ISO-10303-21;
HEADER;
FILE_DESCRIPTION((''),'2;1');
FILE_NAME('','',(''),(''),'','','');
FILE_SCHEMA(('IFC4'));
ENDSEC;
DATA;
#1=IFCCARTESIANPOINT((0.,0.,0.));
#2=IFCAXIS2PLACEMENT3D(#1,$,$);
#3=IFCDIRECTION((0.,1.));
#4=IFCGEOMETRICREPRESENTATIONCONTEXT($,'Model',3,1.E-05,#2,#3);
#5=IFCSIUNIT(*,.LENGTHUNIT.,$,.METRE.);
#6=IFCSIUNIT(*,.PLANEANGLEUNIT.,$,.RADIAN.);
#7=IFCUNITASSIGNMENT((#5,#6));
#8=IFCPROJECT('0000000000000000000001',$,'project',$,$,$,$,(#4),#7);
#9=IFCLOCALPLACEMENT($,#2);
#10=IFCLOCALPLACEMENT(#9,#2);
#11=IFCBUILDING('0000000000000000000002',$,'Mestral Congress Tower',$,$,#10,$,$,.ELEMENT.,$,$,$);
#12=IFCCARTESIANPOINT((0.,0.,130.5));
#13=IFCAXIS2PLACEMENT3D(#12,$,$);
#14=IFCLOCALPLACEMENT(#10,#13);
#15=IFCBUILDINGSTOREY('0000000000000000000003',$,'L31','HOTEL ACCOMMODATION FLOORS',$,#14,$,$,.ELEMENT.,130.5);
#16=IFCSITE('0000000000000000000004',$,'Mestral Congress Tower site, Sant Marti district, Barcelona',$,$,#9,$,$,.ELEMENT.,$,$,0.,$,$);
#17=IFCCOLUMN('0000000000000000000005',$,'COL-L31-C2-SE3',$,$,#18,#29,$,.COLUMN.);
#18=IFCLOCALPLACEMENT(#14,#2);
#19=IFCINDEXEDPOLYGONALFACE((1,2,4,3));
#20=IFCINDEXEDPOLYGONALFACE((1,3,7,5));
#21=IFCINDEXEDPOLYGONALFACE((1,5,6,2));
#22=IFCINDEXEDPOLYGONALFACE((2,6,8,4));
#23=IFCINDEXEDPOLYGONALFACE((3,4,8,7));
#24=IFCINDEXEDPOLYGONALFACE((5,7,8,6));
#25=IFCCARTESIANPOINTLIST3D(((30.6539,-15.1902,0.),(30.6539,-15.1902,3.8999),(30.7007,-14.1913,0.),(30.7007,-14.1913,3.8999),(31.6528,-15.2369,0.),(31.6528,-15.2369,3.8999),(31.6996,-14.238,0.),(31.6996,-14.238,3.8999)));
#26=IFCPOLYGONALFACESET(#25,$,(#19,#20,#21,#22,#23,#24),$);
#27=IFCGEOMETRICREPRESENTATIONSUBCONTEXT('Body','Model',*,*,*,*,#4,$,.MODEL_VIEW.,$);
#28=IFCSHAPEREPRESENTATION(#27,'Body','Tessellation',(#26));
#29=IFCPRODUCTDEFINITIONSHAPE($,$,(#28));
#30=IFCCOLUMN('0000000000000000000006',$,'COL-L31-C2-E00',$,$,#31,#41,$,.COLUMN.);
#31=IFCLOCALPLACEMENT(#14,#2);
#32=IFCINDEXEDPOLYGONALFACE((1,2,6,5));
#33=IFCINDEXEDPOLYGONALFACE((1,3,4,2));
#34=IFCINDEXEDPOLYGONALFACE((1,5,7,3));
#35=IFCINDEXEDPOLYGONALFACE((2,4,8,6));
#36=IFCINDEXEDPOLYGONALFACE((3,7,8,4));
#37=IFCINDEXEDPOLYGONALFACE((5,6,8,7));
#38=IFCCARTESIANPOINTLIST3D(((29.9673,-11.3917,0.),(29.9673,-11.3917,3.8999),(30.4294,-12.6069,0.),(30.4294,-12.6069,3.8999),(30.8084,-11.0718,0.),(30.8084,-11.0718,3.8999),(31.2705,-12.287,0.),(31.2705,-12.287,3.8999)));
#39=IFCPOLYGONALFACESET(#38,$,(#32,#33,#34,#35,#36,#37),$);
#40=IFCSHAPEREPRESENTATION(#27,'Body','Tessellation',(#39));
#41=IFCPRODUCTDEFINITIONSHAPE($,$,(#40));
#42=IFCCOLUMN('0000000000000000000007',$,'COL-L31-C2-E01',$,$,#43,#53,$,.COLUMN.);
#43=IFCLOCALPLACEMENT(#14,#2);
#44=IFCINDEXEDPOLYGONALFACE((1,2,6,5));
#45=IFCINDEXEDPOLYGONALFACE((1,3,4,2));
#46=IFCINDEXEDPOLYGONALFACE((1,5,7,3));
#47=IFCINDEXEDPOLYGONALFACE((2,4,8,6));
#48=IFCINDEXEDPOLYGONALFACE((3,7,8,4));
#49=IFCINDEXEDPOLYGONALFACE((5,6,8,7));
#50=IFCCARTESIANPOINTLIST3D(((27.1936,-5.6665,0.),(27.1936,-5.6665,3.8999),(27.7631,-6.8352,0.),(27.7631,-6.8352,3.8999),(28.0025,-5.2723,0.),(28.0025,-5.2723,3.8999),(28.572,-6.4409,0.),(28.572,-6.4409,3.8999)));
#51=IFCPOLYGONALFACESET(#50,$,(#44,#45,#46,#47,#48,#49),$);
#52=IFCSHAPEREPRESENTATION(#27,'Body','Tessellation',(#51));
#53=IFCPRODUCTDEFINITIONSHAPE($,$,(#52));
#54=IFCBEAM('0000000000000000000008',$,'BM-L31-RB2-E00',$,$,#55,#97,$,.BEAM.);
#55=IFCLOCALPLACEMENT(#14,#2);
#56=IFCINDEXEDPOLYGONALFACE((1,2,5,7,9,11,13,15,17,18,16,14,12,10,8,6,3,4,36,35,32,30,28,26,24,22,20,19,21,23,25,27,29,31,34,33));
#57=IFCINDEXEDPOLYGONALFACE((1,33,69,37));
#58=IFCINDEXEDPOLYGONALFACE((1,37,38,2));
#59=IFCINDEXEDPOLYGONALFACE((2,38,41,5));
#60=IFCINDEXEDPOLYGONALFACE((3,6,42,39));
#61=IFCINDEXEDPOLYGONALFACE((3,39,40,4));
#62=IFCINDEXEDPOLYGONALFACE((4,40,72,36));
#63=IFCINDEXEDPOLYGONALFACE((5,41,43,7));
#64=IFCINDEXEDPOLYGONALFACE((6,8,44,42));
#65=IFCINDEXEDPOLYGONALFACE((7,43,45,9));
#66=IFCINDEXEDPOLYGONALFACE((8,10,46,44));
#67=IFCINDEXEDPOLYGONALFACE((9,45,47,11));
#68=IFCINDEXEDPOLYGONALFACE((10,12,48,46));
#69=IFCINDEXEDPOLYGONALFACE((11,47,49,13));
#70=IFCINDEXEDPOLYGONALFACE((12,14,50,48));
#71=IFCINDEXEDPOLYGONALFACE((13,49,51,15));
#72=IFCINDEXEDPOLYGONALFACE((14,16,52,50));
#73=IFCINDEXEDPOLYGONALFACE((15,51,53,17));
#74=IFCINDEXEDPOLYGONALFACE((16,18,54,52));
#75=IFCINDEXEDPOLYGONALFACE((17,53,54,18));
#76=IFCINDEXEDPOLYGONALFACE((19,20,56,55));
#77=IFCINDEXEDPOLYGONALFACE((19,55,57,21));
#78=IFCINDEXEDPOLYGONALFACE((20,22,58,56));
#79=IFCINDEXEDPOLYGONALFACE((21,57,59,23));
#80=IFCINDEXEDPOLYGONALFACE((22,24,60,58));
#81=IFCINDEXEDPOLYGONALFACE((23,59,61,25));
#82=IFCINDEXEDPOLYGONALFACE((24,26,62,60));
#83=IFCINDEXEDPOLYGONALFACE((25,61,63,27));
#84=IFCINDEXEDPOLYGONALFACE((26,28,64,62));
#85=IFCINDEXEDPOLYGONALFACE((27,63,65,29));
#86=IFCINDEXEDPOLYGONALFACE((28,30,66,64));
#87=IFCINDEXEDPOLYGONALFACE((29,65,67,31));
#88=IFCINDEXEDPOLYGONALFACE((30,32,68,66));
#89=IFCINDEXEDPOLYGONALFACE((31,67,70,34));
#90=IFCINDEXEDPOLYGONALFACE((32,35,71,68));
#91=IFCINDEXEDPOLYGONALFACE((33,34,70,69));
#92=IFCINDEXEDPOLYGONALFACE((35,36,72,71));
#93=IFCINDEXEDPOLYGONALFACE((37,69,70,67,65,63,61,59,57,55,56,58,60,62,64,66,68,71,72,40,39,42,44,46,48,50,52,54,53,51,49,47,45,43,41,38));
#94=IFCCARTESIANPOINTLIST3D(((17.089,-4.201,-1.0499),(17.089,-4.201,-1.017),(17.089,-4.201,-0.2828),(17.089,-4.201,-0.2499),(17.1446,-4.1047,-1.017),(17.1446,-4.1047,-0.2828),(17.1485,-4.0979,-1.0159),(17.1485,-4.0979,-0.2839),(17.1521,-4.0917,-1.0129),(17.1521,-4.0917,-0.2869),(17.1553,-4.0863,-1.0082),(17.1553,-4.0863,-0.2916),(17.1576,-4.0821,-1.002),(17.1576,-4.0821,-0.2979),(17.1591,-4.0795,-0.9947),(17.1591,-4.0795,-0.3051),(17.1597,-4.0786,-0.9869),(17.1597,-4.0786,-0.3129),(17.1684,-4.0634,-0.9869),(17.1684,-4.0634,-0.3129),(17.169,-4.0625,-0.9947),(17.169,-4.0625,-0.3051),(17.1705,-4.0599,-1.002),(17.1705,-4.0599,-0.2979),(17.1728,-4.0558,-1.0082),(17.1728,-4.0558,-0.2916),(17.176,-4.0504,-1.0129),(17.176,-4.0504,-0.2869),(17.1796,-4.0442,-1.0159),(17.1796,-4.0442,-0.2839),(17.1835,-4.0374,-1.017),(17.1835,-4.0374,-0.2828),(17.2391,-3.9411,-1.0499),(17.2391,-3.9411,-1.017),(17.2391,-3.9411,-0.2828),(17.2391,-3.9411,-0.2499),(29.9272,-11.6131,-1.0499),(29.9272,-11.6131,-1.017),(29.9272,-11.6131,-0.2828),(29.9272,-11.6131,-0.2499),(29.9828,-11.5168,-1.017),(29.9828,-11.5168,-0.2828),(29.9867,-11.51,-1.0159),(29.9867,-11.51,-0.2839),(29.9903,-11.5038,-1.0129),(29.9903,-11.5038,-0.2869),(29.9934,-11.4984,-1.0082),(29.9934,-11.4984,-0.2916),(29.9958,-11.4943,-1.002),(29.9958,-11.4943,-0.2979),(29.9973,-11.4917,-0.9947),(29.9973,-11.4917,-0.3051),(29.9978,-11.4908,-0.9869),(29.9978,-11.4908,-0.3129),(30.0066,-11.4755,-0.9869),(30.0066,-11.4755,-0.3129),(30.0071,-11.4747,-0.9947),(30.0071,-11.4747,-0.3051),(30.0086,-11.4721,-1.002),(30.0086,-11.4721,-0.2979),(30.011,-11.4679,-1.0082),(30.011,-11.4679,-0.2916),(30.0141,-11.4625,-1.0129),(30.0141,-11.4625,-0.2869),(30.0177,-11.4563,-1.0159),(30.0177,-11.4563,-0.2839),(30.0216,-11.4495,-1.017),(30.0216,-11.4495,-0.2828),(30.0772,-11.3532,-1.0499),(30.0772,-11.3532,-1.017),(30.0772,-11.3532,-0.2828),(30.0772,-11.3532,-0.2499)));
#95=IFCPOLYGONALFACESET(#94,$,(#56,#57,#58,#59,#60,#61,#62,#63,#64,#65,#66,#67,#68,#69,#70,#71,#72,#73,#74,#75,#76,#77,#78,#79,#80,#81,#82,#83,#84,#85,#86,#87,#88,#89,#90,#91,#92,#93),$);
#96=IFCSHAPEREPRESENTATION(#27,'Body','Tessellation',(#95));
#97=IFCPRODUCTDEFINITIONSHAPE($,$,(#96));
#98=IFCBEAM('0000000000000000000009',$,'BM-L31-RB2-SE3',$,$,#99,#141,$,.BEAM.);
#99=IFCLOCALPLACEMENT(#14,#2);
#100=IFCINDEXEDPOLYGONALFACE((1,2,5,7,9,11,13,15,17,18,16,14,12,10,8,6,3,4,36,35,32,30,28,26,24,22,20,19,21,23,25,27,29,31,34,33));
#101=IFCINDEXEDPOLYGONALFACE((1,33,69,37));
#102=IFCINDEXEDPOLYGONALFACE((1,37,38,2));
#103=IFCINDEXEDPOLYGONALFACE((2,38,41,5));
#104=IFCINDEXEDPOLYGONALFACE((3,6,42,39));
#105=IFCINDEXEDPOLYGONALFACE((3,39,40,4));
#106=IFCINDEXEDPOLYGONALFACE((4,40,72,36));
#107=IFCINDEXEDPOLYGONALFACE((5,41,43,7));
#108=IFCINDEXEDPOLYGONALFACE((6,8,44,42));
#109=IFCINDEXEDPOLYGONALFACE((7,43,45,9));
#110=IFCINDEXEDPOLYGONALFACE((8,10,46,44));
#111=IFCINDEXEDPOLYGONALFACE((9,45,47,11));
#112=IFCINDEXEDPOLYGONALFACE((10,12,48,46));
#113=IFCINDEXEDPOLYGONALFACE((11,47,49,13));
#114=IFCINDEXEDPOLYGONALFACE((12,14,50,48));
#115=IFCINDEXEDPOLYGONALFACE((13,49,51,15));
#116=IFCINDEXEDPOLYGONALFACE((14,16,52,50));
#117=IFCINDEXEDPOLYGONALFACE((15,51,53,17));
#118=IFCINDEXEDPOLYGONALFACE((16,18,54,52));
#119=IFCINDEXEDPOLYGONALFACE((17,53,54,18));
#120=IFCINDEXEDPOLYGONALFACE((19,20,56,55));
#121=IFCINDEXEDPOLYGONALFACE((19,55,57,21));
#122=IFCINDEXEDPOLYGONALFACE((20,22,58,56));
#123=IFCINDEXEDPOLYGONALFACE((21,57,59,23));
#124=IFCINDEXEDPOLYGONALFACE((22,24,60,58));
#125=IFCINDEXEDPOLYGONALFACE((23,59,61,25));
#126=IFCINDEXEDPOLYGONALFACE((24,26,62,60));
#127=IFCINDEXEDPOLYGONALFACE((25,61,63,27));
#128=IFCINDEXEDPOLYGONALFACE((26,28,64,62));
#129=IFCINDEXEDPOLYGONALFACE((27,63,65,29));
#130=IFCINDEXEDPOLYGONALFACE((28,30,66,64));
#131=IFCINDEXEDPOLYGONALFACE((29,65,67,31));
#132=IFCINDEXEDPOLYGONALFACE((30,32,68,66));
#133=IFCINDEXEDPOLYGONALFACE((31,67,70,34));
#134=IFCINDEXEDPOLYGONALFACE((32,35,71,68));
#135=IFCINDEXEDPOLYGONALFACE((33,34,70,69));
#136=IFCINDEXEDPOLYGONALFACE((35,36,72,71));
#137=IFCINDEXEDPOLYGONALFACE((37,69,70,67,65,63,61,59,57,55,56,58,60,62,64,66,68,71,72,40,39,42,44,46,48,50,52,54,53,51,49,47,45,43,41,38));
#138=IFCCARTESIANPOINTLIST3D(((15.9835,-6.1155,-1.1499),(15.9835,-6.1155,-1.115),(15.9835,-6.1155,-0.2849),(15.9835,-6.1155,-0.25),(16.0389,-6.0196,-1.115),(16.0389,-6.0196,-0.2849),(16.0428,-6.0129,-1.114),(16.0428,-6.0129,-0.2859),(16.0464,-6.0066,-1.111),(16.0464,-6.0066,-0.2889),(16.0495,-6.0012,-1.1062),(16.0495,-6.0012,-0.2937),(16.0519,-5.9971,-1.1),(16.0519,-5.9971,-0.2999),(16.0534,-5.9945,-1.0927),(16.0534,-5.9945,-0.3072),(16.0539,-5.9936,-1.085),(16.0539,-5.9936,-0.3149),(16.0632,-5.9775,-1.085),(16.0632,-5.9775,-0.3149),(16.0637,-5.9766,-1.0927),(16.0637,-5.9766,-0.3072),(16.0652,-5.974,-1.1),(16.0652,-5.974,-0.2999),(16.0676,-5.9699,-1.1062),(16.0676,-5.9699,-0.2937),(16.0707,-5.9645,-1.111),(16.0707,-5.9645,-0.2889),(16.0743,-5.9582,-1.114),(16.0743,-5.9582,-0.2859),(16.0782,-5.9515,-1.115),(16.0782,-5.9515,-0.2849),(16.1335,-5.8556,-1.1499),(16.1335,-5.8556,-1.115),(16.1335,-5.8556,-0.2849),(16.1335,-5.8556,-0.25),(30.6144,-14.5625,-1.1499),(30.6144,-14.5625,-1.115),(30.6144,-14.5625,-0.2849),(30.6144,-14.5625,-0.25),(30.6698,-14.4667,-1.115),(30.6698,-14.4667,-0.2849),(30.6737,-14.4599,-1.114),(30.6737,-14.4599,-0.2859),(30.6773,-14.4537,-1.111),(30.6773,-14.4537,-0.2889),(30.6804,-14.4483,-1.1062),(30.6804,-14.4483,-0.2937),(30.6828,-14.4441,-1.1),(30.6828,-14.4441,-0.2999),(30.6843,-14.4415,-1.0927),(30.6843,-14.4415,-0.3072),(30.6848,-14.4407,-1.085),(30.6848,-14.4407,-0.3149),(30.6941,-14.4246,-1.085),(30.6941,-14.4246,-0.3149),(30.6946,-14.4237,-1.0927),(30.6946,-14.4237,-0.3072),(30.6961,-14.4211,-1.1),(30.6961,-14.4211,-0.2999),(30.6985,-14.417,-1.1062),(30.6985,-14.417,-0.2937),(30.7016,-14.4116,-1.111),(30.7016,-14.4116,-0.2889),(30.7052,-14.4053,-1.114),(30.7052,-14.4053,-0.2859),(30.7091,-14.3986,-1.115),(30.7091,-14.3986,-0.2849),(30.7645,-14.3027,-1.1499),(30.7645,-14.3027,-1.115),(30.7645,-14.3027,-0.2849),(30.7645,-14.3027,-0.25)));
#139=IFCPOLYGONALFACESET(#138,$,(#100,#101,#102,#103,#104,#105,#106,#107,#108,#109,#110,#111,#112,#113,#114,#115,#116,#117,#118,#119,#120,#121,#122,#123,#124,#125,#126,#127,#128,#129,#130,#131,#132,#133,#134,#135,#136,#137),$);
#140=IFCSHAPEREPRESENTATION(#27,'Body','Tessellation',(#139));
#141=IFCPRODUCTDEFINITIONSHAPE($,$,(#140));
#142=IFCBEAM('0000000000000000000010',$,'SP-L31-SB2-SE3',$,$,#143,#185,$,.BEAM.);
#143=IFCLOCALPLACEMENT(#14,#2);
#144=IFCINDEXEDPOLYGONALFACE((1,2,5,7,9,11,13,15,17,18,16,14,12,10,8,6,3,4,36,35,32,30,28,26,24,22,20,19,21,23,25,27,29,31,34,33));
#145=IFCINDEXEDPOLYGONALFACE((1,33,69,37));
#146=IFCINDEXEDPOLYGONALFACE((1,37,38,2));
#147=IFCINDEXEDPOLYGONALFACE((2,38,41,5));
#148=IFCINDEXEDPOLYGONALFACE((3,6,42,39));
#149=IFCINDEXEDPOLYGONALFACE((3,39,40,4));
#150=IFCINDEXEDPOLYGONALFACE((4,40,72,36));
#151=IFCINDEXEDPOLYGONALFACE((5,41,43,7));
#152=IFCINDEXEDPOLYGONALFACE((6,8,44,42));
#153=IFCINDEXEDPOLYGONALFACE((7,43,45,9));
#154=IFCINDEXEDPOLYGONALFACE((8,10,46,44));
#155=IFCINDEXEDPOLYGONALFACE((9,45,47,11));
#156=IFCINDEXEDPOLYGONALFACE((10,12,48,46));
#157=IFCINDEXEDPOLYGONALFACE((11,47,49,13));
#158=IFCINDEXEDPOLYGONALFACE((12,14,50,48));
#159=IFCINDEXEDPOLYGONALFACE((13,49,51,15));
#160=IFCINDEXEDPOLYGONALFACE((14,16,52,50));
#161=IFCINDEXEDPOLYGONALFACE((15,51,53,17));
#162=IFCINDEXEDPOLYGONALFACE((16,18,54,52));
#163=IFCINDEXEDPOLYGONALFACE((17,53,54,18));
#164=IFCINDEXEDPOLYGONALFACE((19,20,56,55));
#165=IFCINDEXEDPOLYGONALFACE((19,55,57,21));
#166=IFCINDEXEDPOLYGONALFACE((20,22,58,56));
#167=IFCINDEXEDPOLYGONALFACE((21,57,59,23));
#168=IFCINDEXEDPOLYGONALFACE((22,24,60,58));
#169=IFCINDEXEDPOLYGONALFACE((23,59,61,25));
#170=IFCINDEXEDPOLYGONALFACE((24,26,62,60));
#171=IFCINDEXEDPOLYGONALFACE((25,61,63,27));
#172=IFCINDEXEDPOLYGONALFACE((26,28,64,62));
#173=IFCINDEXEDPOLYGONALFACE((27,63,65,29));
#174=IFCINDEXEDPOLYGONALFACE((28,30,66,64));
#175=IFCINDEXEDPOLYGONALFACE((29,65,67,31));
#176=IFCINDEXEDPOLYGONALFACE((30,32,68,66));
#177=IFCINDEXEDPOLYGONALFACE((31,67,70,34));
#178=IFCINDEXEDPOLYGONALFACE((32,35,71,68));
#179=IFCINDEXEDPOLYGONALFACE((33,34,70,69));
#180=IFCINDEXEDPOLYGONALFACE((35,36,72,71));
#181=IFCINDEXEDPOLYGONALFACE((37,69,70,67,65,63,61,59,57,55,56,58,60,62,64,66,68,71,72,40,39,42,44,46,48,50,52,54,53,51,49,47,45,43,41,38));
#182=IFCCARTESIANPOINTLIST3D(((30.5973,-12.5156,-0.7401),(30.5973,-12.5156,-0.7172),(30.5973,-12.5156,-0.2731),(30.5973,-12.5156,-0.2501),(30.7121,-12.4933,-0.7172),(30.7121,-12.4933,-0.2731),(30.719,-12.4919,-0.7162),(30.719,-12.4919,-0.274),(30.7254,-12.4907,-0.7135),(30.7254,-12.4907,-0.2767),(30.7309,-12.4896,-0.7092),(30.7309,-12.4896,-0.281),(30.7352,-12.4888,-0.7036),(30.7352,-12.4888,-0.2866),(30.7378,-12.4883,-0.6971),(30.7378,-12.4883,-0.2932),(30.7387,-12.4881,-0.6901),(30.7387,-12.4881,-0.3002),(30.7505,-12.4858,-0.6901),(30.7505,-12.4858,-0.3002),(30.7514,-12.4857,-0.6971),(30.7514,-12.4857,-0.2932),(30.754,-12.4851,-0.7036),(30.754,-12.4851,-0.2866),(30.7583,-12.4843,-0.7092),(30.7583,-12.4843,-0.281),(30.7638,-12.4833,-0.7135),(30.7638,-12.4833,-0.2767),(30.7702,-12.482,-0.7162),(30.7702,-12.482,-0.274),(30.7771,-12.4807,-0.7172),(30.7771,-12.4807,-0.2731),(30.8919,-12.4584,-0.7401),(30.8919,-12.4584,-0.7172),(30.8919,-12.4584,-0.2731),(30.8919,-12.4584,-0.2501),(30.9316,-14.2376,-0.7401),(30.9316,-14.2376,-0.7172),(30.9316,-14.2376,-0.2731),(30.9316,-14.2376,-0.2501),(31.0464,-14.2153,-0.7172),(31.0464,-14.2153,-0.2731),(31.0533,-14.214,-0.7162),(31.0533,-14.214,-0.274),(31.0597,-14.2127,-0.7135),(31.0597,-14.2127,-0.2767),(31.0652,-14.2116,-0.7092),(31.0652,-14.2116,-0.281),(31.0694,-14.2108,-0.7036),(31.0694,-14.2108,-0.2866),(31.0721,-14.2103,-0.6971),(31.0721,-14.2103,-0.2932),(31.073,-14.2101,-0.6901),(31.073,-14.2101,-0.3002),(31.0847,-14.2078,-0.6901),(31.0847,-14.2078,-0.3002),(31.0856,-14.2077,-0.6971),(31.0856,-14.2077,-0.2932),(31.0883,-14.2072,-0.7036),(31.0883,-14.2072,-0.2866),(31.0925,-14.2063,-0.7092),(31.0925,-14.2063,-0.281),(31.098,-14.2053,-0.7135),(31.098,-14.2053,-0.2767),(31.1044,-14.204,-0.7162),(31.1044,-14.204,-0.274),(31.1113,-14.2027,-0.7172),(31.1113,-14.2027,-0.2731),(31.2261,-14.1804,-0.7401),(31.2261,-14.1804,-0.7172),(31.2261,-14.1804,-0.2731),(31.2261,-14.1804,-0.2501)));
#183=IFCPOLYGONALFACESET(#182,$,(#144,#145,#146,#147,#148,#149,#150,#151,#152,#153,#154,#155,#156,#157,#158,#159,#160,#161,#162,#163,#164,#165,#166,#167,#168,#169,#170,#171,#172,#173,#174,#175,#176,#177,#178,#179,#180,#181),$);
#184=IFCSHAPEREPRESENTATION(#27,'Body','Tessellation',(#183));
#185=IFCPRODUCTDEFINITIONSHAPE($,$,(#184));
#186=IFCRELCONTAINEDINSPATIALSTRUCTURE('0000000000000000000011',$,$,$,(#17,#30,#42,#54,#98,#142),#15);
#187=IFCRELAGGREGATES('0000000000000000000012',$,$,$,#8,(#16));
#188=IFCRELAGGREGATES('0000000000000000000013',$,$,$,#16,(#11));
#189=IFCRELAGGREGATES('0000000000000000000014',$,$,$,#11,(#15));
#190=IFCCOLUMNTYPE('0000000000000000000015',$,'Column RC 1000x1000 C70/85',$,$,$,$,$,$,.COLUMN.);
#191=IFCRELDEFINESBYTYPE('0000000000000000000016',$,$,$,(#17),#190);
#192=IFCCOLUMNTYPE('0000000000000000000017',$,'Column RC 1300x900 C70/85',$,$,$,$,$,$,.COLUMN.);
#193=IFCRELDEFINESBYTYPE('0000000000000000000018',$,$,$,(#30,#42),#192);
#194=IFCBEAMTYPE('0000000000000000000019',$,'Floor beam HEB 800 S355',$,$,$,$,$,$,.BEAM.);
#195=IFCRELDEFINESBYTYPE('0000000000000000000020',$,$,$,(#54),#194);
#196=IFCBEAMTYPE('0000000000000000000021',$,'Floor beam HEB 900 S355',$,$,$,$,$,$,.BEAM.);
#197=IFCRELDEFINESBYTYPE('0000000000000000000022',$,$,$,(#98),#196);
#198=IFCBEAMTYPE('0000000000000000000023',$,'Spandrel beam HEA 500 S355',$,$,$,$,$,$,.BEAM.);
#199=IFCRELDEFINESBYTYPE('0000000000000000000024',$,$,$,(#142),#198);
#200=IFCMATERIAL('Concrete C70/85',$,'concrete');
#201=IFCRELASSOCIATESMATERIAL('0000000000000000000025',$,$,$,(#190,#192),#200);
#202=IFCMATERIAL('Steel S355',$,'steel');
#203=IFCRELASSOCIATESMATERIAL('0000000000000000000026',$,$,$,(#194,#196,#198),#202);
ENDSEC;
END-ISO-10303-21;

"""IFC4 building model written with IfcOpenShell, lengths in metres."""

from ifc_helpers import new_model, si_unit, direction, frame, origin, origin_2d, place, context, subcontext, project, spatial, rectangle, i_section, extrude, material, material_profile, profile_set, type_object, element, save


model = new_model("IFC4")

# Units and contexts
model_context = context("Model", 3, precision=1e-05, world=origin(), true_north=direction((0.0, 1.0)))
body_context = subcontext(model_context, "Body", "Model", "MODEL_VIEW")
ifc_project = project(units=[si_unit("LENGTHUNIT", "METRE"), si_unit("PLANEANGLEUNIT", "RADIAN")], contexts=[model_context])

# Site, building, storey
site_placement = place(None, origin())
site = spatial("IfcSite", under=ifc_project, at=site_placement, Name="Mestral Congress Tower site, Sant Marti district, Barcelona", CompositionType="ELEMENT", RefElevation=0.0)
building_placement = place(site_placement, origin())
building = spatial("IfcBuilding", under=site, at=building_placement, Name="Mestral Congress Tower", CompositionType="ELEMENT")
storey_placement = place(building_placement, frame((0.0, 0.0, 130.5)))
storey = spatial("IfcBuildingStorey", under=building, at=storey_placement, Name="L31", Description="HOTEL ACCOMMODATION FLOORS", CompositionType="ELEMENT", Elevation=130.5)

# Columns
ifc_material_1 = material(Name="Concrete C70/85", Category="concrete")
ifc_material_profile_1 = material_profile(ifc_material_1, rectangle(XDim=1.0, YDim=1.0, at=origin_2d()), Name="RC 1000x1000")
ifc_profile_set_1 = profile_set([ifc_material_profile_1], Name="Concrete C70/85")
column_type_1 = type_object("IfcColumnType", Name="Column RC 1000x1000 C70/85", PredefinedType="COLUMN", material=ifc_profile_set_1)
column_placement = place(storey_placement, frame((31.1768, -14.7141, 0.0), z_axis=(0.0, 0.0, 1.0), x_axis=(0.046756, 0.998906, 0.0)))
element("IfcColumn", 1, at=column_placement, inside=storey, type_object=column_type_1, Name="COL-L31-C2-SE3", PredefinedType="COLUMN", context=body_context, shape_type="SweptSolid", body=[
    extrude(rectangle(XDim=1.0, YDim=1.0, at=origin_2d()), origin(), (0.0, 0.0, 1.0), 3.8999),
])
ifc_material_profile_2 = material_profile(ifc_material_1, rectangle(XDim=1.3, YDim=0.8999, at=origin_2d()), Name="RC 1300x900")
ifc_profile_set_2 = profile_set([ifc_material_profile_2], Name="Concrete C70/85")
column_type_2 = type_object("IfcColumnType", Name="Column RC 1300x900 C70/85", PredefinedType="COLUMN", material=ifc_profile_set_2)
for number, where, z_axis, x_axis, name in (
    (2, (30.6189, -11.8394, 0.0), (0.0, 0.0, 1.0), (-0.355494, 0.934679, 0.0), "COL-L31-C2-E00"),
    (3, (27.8828, -6.0537, 0.0), (0.0, 0.0, 1.0), (-0.438061, 0.898945, 0.0), "COL-L31-C2-E01"),
):
    element("IfcColumn", number, at=place(storey_placement, frame(where, z_axis=z_axis, x_axis=x_axis)), inside=storey, type_object=column_type_2, Name=name, PredefinedType="COLUMN", context=body_context, shape_type="SweptSolid", body=[
        extrude(rectangle(XDim=1.3, YDim=0.8999, at=origin_2d()), origin(), (0.0, 0.0, 1.0), 3.8999),
    ])

# Beams
ifc_material_2 = material(Name="Steel S355", Category="steel")
ifc_material_profile_3 = material_profile(ifc_material_2, i_section(OverallWidth=0.3, OverallDepth=0.8, WebThickness=0.0176, FlangeThickness=0.033, FilletRadius=0.03, at=origin_2d()), Name="HEB 800")
ifc_profile_set_3 = profile_set([ifc_material_profile_3], Name="Steel S355")
beam_type_1 = type_object("IfcBeamType", Name="Floor beam HEB 800 S355", PredefinedType="BEAM", material=ifc_profile_set_3)
beam_1_placement = place(storey_placement, frame((30.0022, -11.4832, -0.6499), z_axis=(-0.866025, 0.5, 0.0), x_axis=(-0.5, -0.866025, 0.0)))
element("IfcBeam", 4, at=beam_1_placement, inside=storey, type_object=beam_type_1, Name="BM-L31-RB2-E00", PredefinedType="BEAM", context=body_context, shape_type="SweptSolid", body=[
    extrude(i_section(OverallWidth=0.3, OverallDepth=0.8, WebThickness=0.0176, FlangeThickness=0.033, FilletRadius=0.03, at=origin_2d()), origin(), (0.0, 0.0, 1.0), 14.8242),
])
ifc_material_profile_4 = material_profile(ifc_material_2, i_section(OverallWidth=0.3, OverallDepth=0.8999, WebThickness=0.0186, FlangeThickness=0.0349, FilletRadius=0.03, at=origin_2d()), Name="HEB 900")
ifc_profile_set_4 = profile_set([ifc_material_profile_4], Name="Steel S355")
beam_type_2 = type_object("IfcBeamType", Name="Floor beam HEB 900 S355", PredefinedType="BEAM", material=ifc_profile_set_4)
beam_2_placement = place(storey_placement, frame((30.6895, -14.4326, -0.7), z_axis=(-0.866028, 0.499995, 0.0), x_axis=(-0.499995, -0.866028, 0.0)))
element("IfcBeam", 5, at=beam_2_placement, inside=storey, type_object=beam_type_2, Name="BM-L31-RB2-SE3", PredefinedType="BEAM", context=body_context, shape_type="SweptSolid", body=[
    extrude(i_section(OverallWidth=0.3, OverallDepth=0.8999, WebThickness=0.0186, FlangeThickness=0.0349, FilletRadius=0.03, at=origin_2d()), origin(), (0.0, 0.0, 1.0), 16.8943),
])
ifc_material_profile_5 = material_profile(ifc_material_2, i_section(OverallWidth=0.3, OverallDepth=0.49, WebThickness=0.012, FlangeThickness=0.0229, FilletRadius=0.0271, at=origin_2d()), Name="HEA 500")
ifc_profile_set_5 = profile_set([ifc_material_profile_5], Name="Steel S355")
beam_type_3 = type_object("IfcBeamType", Name="Spandrel beam HEA 500 S355", PredefinedType="BEAM", material=ifc_profile_set_5)
beam_3_placement = place(storey_placement, frame((31.0789, -14.209, -0.4951), z_axis=(-0.190546, 0.981678, 0.0), x_axis=(-0.981678, -0.190546, 0.0)))
element("IfcBeam", 6, at=beam_3_placement, inside=storey, type_object=beam_type_3, Name="SP-L31-SB2-SE3", PredefinedType="BEAM", context=body_context, shape_type="SweptSolid", body=[
    extrude(i_section(OverallWidth=0.3, OverallDepth=0.49, WebThickness=0.012, FlangeThickness=0.0229, FilletRadius=0.0271, at=origin_2d()), origin(), (0.0, 0.0, 1.0), 1.7542),
])

save(model, "model.ifc")
